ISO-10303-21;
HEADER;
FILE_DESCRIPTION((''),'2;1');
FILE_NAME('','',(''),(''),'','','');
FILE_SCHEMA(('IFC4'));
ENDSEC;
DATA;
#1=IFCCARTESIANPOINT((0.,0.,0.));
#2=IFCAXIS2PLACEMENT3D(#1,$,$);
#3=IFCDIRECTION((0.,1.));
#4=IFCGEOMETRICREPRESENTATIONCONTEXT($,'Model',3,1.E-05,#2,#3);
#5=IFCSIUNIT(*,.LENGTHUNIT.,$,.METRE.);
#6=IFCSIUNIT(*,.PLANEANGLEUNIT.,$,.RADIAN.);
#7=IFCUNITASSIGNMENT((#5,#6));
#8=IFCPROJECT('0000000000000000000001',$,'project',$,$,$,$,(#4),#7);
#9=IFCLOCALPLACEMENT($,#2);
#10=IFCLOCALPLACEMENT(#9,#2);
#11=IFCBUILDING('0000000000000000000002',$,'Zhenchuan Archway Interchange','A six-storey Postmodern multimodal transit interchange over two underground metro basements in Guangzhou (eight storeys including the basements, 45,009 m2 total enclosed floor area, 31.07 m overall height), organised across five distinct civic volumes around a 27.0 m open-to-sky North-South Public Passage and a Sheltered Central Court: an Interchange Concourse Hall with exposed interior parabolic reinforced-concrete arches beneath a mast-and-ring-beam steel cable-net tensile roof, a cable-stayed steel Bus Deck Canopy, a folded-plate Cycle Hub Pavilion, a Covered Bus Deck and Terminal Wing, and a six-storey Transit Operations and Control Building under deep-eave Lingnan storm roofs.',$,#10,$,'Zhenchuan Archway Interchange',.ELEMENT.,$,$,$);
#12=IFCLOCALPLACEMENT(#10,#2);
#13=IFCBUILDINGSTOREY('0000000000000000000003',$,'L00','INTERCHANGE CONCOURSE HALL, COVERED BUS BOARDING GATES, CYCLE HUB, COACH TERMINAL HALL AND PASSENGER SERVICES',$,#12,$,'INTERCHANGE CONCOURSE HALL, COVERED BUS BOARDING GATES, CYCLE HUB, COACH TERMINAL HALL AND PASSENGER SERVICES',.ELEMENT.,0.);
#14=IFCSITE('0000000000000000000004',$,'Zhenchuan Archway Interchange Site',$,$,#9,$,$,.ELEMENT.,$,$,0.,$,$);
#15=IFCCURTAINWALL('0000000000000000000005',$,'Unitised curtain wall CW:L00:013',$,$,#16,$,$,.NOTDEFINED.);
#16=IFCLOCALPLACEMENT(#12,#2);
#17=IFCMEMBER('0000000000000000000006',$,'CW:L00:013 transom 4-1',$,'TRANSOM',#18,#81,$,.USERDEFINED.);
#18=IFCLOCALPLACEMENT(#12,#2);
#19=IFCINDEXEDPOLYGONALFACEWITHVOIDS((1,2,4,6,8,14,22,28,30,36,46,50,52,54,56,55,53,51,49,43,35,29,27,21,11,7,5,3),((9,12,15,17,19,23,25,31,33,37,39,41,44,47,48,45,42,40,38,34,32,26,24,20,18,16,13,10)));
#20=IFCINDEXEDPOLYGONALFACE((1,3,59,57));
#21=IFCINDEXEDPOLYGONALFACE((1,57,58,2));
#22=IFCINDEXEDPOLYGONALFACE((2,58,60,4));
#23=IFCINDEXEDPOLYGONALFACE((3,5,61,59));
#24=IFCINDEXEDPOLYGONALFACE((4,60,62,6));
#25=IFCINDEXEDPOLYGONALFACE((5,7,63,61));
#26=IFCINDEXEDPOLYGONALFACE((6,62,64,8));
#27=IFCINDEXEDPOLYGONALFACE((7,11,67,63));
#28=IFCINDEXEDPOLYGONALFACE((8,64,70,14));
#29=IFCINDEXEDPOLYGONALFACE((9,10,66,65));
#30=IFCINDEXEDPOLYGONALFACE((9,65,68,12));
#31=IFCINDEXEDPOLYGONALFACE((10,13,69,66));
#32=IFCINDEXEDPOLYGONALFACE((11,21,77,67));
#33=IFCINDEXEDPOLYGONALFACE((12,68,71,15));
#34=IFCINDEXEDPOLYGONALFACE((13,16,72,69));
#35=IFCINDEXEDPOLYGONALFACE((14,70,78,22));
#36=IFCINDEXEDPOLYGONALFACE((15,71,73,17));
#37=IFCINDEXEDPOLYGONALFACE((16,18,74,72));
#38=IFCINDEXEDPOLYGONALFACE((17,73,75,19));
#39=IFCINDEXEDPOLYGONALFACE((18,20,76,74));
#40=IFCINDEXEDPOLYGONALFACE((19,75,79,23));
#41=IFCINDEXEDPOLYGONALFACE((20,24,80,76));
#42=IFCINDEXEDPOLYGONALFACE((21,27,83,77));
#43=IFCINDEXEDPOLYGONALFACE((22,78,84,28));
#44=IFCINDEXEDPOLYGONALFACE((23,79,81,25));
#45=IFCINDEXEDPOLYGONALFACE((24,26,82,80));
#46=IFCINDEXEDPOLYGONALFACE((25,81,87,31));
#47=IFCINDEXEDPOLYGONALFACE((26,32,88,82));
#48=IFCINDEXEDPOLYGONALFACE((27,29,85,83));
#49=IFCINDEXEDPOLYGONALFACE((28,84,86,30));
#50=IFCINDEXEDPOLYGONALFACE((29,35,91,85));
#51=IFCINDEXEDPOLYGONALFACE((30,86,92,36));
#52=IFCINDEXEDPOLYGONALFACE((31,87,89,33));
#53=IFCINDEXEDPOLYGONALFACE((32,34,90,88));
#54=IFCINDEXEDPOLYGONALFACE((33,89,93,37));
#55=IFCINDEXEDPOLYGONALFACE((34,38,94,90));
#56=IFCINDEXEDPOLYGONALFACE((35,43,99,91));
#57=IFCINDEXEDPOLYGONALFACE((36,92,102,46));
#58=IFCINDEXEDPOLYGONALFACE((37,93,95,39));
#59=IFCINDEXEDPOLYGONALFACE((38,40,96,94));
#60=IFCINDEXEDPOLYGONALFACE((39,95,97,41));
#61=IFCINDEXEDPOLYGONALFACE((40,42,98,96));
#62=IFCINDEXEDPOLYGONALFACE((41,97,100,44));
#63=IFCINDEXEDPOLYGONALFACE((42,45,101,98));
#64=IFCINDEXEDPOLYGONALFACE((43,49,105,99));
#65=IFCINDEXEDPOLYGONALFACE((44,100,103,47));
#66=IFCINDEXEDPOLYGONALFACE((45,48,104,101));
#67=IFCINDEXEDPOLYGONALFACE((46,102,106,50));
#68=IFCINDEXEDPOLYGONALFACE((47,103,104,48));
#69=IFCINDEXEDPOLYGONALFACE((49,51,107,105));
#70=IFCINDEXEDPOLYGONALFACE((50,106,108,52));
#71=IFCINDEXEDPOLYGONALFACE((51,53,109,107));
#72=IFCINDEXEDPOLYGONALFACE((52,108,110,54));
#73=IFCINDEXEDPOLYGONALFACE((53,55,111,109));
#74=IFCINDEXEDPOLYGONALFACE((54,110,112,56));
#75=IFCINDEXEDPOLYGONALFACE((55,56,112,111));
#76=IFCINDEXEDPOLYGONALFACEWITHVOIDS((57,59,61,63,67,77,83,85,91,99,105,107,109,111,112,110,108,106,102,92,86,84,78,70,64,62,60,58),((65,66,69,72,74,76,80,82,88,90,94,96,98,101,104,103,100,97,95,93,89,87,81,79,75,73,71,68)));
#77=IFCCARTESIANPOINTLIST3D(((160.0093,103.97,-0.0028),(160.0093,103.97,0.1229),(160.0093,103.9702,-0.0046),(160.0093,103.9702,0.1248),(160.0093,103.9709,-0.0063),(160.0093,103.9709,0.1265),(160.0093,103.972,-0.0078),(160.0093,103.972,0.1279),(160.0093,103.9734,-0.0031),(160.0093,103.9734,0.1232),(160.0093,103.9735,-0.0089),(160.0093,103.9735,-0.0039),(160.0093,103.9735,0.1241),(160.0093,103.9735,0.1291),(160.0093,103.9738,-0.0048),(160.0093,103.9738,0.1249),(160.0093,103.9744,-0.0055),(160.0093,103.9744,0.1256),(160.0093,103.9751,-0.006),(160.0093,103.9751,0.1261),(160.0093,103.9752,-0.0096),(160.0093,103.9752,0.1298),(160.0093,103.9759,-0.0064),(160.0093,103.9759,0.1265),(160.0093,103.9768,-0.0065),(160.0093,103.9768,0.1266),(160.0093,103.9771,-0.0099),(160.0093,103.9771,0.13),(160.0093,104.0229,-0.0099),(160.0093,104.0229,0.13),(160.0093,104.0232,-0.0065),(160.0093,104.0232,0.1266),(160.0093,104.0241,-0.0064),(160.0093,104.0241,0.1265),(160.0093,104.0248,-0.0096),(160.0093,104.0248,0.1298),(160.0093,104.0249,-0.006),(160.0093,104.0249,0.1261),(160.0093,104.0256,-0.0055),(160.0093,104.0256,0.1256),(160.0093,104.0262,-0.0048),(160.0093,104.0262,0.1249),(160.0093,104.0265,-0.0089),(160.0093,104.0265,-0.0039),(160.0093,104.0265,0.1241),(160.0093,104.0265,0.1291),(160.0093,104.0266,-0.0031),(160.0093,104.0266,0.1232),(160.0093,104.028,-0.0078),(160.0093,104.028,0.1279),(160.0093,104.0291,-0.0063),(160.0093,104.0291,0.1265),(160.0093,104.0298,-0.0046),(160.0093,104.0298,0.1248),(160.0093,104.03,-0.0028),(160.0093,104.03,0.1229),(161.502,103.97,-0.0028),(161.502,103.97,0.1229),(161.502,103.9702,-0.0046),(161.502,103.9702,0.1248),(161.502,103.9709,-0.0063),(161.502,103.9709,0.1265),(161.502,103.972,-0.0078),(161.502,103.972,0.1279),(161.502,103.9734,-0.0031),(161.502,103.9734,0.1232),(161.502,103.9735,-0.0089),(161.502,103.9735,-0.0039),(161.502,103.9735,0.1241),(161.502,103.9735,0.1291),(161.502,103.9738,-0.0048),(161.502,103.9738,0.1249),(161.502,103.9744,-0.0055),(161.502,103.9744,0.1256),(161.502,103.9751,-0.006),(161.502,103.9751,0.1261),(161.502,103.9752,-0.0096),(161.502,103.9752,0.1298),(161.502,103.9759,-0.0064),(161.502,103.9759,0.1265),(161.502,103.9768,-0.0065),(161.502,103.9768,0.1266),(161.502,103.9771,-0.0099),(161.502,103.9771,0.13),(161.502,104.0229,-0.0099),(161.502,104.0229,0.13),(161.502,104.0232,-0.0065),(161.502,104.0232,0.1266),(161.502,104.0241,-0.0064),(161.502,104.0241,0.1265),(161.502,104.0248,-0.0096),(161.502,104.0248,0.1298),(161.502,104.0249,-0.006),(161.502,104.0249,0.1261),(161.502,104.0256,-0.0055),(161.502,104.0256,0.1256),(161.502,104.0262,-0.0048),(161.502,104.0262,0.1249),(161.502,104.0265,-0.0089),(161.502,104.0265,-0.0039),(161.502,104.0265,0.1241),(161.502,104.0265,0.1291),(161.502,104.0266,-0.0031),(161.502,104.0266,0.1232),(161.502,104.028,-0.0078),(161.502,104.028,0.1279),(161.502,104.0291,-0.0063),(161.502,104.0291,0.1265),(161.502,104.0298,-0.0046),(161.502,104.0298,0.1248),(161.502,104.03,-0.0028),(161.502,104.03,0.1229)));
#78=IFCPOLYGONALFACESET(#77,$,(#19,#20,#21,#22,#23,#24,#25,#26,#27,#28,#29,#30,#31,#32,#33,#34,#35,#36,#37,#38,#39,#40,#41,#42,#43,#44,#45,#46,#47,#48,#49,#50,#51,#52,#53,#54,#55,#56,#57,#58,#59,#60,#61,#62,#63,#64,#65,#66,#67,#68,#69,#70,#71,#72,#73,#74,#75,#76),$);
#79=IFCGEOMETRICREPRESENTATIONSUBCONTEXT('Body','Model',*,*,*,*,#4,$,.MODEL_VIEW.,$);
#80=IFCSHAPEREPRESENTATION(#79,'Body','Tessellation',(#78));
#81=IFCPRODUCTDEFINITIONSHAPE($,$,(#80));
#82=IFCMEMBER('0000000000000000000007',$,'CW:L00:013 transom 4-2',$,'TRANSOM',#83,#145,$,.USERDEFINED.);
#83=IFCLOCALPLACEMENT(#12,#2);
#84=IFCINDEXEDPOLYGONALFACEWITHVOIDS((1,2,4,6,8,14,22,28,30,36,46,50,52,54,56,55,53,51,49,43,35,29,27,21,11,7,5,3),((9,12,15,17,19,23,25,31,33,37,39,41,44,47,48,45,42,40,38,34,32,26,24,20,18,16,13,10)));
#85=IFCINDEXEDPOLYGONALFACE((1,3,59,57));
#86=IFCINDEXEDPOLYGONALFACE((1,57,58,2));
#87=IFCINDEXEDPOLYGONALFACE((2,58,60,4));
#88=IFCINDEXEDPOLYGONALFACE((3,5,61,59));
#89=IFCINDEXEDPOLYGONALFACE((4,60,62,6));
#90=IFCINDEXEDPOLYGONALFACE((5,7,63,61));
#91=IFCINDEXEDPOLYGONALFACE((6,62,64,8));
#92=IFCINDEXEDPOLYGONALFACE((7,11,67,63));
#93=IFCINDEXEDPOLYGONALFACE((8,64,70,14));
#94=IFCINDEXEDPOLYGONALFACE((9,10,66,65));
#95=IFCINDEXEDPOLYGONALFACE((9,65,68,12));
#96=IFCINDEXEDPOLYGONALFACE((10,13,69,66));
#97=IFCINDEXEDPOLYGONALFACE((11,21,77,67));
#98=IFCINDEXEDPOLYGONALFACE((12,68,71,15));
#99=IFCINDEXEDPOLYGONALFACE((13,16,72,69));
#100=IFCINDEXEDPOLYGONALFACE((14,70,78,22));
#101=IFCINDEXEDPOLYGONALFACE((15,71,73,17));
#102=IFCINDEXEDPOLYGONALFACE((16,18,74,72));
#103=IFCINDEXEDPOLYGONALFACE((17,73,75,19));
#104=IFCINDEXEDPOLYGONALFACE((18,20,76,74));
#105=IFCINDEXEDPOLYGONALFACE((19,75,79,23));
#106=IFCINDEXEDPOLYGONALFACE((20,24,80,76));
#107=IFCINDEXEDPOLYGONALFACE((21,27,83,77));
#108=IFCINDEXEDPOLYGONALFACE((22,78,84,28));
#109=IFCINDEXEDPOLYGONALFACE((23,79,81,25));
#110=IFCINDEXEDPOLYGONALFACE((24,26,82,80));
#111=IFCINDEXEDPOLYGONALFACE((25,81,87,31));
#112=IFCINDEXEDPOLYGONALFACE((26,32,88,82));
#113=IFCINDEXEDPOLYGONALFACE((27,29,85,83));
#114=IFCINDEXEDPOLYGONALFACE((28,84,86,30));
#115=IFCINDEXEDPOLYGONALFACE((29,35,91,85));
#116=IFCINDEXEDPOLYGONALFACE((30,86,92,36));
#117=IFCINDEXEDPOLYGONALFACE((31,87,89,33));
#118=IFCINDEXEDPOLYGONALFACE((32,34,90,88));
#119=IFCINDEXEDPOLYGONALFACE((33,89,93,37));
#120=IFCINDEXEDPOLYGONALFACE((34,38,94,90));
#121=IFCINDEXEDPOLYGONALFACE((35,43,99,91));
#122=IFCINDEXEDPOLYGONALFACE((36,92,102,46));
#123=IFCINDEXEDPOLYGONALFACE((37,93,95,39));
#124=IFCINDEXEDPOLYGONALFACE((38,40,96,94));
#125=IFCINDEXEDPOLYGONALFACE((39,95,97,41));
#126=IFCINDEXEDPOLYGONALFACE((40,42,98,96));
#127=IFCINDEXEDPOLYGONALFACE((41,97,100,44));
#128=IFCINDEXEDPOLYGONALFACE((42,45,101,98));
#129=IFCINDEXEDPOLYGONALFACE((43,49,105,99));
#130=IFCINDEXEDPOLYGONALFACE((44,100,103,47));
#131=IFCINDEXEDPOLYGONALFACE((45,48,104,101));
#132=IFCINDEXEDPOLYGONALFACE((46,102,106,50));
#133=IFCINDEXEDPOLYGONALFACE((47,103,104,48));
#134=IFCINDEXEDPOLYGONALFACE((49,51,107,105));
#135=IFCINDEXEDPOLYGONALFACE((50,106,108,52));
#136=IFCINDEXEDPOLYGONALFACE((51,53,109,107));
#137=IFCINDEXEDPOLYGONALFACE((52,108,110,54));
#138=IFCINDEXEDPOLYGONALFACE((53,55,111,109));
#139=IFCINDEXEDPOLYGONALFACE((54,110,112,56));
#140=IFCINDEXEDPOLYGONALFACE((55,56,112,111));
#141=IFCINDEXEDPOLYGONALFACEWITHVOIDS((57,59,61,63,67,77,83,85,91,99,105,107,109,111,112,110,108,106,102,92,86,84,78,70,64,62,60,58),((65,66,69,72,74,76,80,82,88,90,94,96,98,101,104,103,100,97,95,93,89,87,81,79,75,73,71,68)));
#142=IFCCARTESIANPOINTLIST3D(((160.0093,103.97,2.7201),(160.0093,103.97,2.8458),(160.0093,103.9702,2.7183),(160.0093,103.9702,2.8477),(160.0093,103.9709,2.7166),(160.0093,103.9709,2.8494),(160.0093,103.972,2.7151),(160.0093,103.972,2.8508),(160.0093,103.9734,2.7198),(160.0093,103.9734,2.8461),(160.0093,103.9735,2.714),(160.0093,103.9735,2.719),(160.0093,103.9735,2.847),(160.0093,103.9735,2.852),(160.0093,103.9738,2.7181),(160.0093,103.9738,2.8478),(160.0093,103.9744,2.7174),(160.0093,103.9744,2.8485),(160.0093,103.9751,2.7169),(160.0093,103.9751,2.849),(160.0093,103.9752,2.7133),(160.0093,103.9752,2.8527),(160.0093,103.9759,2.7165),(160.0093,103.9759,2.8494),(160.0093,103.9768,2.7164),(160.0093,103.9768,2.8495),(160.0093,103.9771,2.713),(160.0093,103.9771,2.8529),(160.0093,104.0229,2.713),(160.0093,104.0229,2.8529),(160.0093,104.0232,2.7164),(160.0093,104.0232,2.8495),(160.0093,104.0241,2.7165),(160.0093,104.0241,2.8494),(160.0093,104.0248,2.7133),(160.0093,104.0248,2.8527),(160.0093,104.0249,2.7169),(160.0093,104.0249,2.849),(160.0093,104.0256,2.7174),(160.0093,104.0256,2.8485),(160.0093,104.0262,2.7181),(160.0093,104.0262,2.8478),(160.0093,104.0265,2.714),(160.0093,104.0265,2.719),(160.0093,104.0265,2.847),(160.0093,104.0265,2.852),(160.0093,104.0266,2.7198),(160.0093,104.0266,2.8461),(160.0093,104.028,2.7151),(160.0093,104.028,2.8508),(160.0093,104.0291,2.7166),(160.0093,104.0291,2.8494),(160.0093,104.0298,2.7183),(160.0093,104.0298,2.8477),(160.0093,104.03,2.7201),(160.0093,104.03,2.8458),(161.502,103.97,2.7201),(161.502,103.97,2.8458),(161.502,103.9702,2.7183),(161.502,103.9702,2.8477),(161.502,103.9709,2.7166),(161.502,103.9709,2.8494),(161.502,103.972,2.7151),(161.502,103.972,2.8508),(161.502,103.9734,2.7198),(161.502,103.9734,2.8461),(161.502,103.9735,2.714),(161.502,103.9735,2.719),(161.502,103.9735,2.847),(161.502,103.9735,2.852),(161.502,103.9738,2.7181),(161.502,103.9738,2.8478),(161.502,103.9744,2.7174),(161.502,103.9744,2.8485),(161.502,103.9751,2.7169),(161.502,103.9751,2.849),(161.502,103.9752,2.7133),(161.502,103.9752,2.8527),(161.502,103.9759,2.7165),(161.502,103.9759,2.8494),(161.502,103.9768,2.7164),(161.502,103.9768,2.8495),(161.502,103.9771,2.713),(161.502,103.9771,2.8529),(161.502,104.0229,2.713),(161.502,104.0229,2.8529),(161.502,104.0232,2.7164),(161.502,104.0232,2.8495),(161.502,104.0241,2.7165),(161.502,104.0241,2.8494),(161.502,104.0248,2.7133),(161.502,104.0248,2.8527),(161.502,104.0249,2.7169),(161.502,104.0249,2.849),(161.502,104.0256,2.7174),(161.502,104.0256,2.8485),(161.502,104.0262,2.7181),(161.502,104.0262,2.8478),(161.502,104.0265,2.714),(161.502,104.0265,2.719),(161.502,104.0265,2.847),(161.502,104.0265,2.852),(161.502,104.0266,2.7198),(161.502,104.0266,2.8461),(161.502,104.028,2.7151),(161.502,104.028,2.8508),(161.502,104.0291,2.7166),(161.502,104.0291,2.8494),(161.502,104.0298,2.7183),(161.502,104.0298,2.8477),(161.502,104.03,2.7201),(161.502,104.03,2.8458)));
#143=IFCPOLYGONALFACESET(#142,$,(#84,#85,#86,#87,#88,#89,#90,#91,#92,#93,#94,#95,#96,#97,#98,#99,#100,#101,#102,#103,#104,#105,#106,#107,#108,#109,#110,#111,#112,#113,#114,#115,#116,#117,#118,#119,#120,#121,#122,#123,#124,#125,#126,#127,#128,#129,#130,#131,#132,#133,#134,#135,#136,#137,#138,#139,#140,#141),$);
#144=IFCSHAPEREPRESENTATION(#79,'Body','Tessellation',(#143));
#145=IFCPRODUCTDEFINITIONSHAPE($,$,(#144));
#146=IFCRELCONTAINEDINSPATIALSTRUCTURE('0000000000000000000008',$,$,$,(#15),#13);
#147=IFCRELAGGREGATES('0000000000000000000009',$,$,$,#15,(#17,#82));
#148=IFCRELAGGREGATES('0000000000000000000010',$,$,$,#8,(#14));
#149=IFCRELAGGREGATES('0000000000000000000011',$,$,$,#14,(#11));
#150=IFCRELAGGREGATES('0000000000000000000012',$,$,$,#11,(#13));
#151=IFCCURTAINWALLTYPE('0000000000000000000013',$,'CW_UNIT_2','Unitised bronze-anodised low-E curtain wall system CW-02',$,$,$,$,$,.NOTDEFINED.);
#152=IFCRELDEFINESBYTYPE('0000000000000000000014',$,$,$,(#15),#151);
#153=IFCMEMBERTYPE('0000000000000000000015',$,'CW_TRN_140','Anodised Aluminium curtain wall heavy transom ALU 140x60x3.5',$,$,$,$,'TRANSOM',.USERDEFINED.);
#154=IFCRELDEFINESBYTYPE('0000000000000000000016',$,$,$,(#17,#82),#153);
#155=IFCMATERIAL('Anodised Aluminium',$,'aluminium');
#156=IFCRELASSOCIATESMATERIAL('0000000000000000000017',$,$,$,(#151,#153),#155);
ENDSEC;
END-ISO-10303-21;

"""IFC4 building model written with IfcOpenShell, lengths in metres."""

from ifc_helpers import new_model, si_unit, direction, frame, origin, origin_2d, place, context, subcontext, project, spatial, hollow_rectangle, extrude, material, material_profile, profile_set, type_object, element, aggregate, save


model = new_model("IFC4")

# Units and contexts
model_context = context("Model", 3, precision=1e-05, world=origin(), true_north=direction((0.0, 1.0)))
body_context = subcontext(model_context, "Body", "Model", "MODEL_VIEW")
ifc_project = project(units=[si_unit("LENGTHUNIT", "METRE"), si_unit("PLANEANGLEUNIT", "RADIAN")], contexts=[model_context])

# Site, building, storey
site_placement = place(None, origin())
site = spatial("IfcSite", under=ifc_project, at=site_placement, Name="Zhenchuan Archway Interchange Site", CompositionType="ELEMENT", RefElevation=0.0)
building_placement = place(site_placement, origin())
building = spatial("IfcBuilding", under=site, at=building_placement, Name="Zhenchuan Archway Interchange", Description="A six-storey Postmodern multimodal transit interchange over two underground metro basements in Guangzhou (eight storeys including the basements, 45,009 m2 total enclosed floor area, 31.07 m overall height), organised across five distinct civic volumes around a 27.0 m open-to-sky North-South Public Passage and a Sheltered Central Court: an Interchange Concourse Hall with exposed interior parabolic reinforced-concrete arches beneath a mast-and-ring-beam steel cable-net tensile roof, a cable-stayed steel Bus Deck Canopy, a folded-plate Cycle Hub Pavilion, a Covered Bus Deck and Terminal Wing, and a six-storey Transit Operations and Control Building under deep-eave Lingnan storm roofs.", LongName="Zhenchuan Archway Interchange", CompositionType="ELEMENT")
storey_placement = place(building_placement, origin())
storey = spatial("IfcBuildingStorey", under=building, at=storey_placement, Name="L00", Description="INTERCHANGE CONCOURSE HALL, COVERED BUS BOARDING GATES, CYCLE HUB, COACH TERMINAL HALL AND PASSENGER SERVICES", LongName="INTERCHANGE CONCOURSE HALL, COVERED BUS BOARDING GATES, CYCLE HUB, COACH TERMINAL HALL AND PASSENGER SERVICES", CompositionType="ELEMENT", Elevation=0.0)

# Curtain wall, members
ifc_material_1 = material(Name="Anodised Aluminium", Category="aluminium")
curtain_wall_type = type_object("IfcCurtainWallType", Name="CW_UNIT_2", Description="Unitised bronze-anodised low-E curtain wall system CW-02", PredefinedType="NOTDEFINED", material=ifc_material_1)
curtain_wall_placement = place(storey_placement, origin())
curtain_wall = element("IfcCurtainWall", 1, at=curtain_wall_placement, inside=storey, type_object=curtain_wall_type, Name="Unitised curtain wall CW:L00:013", PredefinedType="NOTDEFINED")
ifc_material_profile_1 = material_profile(ifc_material_1, hollow_rectangle(XDim=0.0601, YDim=0.1399, WallThickness=0.0034, InnerFilletRadius=0.0034, OuterFilletRadius=0.0071, at=origin_2d()), Name="ALU 140x60x3.5")
ifc_profile_set_1 = profile_set([ifc_material_profile_1], Name="Anodised Aluminium")
member_type_1 = type_object("IfcMemberType", Name="CW_TRN_140", Description="Anodised Aluminium curtain wall heavy transom ALU 140x60x3.5", ElementType="TRANSOM", PredefinedType="USERDEFINED", material=ifc_profile_set_1)
member_1_placement = place(storey_placement, frame((160.0093, 104.0, 0.0601), z_axis=(1.0, 0.0, 0.0), x_axis=(0.0, 1.0, 0.0)))
member_1 = element("IfcMember", 2, at=member_1_placement, type_object=member_type_1, Name="CW:L00:013 transom 4-1", ObjectType="TRANSOM", PredefinedType="USERDEFINED", context=body_context, shape_type="SweptSolid", body=[
    extrude(hollow_rectangle(XDim=0.0601, YDim=0.1399, WallThickness=0.0034, InnerFilletRadius=0.0034, OuterFilletRadius=0.0071, at=origin_2d()), origin(), (0.0, 0.0, 1.0), 1.4927),
])
member_2_placement = place(storey_placement, frame((160.0093, 104.0, 2.783), z_axis=(1.0, 0.0, 0.0), x_axis=(0.0, 1.0, 0.0)))
member_2 = element("IfcMember", 3, at=member_2_placement, type_object=member_type_1, Name="CW:L00:013 transom 4-2", ObjectType="TRANSOM", PredefinedType="USERDEFINED", context=body_context, shape_type="SweptSolid", body=[
    extrude(hollow_rectangle(XDim=0.0601, YDim=0.1399, WallThickness=0.0034, InnerFilletRadius=0.0034, OuterFilletRadius=0.0071, at=origin_2d()), origin(), (0.0, 0.0, 1.0), 1.4927),
])
aggregate(curtain_wall, [member_1, member_2])

save(model, "model.ifc")
